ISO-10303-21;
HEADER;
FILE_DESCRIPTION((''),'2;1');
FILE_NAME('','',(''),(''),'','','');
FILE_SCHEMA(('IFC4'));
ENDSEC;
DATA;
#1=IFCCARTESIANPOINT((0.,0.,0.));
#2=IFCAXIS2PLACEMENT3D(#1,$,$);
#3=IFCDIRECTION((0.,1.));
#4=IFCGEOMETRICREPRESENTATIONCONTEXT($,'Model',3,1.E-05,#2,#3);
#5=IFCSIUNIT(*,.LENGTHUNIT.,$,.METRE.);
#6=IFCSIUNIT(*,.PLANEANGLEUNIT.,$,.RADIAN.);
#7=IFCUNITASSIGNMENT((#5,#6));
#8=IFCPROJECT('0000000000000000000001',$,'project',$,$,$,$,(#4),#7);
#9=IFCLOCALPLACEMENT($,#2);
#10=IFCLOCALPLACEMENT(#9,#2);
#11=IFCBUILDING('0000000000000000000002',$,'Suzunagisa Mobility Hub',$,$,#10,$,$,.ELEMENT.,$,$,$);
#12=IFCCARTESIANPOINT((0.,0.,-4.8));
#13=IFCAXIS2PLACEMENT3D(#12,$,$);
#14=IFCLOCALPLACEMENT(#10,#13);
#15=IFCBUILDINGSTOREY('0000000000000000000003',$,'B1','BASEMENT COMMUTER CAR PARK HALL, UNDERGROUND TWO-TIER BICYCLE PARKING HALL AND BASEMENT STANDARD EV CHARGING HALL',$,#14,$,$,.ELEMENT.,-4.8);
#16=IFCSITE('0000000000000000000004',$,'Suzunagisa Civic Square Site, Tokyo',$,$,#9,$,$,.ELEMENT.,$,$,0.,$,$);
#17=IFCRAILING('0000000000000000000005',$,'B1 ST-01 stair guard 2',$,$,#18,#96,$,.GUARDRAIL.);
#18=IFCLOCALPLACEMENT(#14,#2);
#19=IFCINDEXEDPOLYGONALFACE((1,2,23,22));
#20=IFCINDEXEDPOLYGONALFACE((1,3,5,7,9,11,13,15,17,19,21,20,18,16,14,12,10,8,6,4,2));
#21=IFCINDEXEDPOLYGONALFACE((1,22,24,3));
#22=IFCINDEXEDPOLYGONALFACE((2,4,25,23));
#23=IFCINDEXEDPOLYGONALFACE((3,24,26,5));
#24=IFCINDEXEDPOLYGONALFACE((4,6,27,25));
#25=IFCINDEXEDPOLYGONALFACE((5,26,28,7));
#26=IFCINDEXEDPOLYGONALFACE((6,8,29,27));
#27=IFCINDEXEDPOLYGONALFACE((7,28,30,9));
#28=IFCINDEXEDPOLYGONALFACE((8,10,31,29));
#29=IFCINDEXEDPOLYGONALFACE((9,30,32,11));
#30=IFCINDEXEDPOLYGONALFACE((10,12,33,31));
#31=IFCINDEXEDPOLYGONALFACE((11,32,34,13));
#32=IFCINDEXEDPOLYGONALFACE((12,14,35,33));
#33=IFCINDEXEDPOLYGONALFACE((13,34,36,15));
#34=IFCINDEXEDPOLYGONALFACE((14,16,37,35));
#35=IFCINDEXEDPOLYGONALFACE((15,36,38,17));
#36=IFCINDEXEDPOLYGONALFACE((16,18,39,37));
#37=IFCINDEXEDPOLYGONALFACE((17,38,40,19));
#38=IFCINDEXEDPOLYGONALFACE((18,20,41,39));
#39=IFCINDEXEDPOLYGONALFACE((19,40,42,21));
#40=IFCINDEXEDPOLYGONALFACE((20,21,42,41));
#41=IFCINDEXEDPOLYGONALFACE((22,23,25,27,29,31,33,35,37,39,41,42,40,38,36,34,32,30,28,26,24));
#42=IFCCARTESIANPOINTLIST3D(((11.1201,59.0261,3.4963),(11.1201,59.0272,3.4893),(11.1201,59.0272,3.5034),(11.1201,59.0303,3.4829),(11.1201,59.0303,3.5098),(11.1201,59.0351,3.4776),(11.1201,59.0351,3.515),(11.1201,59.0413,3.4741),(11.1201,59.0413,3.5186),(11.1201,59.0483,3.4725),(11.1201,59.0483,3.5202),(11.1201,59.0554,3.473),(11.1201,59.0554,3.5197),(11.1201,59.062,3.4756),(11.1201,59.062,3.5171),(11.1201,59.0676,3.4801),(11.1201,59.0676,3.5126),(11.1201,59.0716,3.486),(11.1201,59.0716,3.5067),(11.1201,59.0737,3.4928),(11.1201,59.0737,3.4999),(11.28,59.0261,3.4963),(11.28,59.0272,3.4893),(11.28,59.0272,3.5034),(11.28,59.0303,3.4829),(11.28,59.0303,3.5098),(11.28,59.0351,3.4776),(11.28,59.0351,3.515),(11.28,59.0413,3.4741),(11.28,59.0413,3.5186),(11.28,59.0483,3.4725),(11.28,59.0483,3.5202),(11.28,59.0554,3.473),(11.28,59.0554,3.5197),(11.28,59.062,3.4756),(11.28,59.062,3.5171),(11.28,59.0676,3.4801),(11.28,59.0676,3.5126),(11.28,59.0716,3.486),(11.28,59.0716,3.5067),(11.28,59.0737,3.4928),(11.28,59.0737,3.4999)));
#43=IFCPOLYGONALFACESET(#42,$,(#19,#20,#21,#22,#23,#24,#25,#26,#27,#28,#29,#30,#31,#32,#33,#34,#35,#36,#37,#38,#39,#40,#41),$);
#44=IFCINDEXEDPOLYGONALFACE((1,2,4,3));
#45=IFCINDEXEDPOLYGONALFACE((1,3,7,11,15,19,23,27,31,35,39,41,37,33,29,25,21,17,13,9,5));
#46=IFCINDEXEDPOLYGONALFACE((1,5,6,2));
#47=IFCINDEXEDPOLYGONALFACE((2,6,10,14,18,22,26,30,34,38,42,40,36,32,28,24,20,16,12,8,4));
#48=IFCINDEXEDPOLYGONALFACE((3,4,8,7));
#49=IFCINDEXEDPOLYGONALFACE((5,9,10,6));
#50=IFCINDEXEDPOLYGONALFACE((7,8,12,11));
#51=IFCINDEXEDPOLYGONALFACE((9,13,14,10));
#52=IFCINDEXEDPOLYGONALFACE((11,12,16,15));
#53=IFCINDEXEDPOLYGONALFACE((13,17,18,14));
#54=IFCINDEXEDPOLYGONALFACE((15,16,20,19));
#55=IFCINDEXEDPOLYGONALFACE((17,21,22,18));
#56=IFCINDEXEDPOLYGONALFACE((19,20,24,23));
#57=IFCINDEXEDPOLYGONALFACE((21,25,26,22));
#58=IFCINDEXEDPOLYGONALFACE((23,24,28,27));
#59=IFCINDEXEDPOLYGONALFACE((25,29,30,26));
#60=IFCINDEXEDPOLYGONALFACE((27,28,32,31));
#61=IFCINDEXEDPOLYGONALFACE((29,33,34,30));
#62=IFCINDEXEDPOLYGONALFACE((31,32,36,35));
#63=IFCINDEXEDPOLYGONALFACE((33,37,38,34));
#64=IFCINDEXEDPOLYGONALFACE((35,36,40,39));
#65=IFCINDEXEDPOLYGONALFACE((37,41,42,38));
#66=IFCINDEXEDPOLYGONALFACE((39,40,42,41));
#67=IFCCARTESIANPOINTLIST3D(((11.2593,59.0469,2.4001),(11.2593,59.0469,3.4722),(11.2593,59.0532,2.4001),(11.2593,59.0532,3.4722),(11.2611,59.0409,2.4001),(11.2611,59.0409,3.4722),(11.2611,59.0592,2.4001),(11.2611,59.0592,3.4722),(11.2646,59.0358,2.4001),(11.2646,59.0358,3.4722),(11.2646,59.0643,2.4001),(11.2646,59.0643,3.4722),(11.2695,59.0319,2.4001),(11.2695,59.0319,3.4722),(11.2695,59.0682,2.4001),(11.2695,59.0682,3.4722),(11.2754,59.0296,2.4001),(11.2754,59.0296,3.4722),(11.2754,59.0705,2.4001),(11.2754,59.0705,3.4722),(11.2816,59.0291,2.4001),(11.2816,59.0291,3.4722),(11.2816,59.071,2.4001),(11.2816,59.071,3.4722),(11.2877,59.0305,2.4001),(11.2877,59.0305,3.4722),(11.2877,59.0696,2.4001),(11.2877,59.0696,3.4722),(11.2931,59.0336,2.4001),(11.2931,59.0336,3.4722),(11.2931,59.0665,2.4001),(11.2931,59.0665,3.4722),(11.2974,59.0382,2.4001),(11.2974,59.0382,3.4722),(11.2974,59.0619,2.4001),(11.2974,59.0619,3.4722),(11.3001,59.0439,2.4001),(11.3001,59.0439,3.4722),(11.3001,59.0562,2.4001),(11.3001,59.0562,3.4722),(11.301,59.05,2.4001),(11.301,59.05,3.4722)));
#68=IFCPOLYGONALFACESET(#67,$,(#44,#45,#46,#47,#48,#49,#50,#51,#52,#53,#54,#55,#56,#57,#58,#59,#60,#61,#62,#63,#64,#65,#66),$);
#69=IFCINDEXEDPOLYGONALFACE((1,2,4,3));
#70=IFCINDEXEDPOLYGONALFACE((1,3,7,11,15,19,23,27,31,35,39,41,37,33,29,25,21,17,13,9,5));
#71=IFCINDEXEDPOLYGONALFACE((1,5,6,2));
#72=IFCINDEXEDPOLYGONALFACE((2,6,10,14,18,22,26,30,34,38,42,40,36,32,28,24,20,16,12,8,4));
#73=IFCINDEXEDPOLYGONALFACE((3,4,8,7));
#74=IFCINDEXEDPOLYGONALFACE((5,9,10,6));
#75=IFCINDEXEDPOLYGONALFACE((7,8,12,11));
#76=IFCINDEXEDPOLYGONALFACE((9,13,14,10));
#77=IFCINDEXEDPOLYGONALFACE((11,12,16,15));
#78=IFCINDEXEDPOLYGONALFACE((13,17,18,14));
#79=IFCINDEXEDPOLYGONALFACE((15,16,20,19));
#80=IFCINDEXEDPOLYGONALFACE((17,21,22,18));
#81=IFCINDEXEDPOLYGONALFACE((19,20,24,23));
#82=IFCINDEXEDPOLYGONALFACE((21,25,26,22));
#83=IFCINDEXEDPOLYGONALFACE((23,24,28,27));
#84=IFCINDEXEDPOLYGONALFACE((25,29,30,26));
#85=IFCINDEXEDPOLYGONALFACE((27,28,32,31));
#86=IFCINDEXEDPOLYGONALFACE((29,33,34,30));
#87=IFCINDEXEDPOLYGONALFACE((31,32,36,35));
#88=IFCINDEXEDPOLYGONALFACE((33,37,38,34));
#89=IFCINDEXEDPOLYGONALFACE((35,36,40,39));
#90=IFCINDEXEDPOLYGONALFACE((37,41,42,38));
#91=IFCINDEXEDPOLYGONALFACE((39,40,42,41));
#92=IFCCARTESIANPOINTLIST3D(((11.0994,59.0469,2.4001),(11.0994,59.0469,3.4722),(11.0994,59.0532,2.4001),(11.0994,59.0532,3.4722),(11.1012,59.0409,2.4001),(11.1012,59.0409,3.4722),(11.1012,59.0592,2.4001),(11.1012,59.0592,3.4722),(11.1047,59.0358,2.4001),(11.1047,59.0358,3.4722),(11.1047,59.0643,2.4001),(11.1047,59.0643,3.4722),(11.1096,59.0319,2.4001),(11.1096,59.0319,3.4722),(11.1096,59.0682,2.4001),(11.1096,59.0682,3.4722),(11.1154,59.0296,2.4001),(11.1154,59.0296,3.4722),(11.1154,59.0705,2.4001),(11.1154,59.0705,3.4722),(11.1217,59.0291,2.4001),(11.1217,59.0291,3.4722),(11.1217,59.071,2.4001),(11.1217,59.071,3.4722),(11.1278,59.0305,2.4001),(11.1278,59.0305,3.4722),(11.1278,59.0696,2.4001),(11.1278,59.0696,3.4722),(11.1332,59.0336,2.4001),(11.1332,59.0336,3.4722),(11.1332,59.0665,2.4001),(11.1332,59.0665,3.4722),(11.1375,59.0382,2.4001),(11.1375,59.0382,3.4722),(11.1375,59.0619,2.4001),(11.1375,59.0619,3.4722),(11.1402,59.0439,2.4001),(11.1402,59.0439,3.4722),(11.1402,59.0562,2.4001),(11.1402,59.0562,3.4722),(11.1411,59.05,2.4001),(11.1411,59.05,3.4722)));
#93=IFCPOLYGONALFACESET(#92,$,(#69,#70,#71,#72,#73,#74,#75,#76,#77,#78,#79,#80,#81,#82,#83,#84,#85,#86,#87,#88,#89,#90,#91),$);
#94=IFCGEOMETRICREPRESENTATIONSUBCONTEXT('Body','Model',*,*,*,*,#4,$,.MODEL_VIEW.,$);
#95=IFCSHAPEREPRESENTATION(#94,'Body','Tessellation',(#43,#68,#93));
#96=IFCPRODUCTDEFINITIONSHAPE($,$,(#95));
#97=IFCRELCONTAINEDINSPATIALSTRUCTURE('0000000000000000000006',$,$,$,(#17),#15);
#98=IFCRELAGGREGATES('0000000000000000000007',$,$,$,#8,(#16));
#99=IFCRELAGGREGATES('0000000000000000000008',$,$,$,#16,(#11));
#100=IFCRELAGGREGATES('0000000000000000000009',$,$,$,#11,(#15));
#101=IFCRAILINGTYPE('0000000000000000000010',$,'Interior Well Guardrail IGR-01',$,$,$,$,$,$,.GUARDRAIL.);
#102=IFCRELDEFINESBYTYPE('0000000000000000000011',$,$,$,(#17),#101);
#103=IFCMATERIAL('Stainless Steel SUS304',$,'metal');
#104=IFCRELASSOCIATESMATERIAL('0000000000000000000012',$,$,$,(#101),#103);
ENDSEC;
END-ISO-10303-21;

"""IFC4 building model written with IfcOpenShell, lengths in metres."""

from ifc_helpers import new_model, si_unit, direction, frame, origin, origin_2d, place, context, subcontext, project, spatial, circle, extrude, material, type_object, element, save


model = new_model("IFC4")

# Units and contexts
model_context = context("Model", 3, precision=1e-05, world=origin(), true_north=direction((0.0, 1.0)))
body_context = subcontext(model_context, "Body", "Model", "MODEL_VIEW")
ifc_project = project(units=[si_unit("LENGTHUNIT", "METRE"), si_unit("PLANEANGLEUNIT", "RADIAN")], contexts=[model_context])

# Site, building, storey
site_placement = place(None, origin())
site = spatial("IfcSite", under=ifc_project, at=site_placement, Name="Suzunagisa Civic Square Site, Tokyo", CompositionType="ELEMENT", RefElevation=0.0)
building_placement = place(site_placement, origin())
building = spatial("IfcBuilding", under=site, at=building_placement, Name="Suzunagisa Mobility Hub", CompositionType="ELEMENT")
storey_placement = place(building_placement, frame((0.0, 0.0, -4.8)))
storey = spatial("IfcBuildingStorey", under=building, at=storey_placement, Name="B1", Description="BASEMENT COMMUTER CAR PARK HALL, UNDERGROUND TWO-TIER BICYCLE PARKING HALL AND BASEMENT STANDARD EV CHARGING HALL", CompositionType="ELEMENT", Elevation=-4.8)

# Railing
ifc_material_1 = material(Name="Stainless Steel SUS304", Category="metal")
railing_type_1 = type_object("IfcRailingType", Name="Interior Well Guardrail IGR-01", PredefinedType="GUARDRAIL", material=ifc_material_1)
railing_1_placement = place(storey_placement, frame((11.28, 59.05, 2.4001)))
element("IfcRailing", 1, at=railing_1_placement, inside=storey, type_object=railing_type_1, Name="B1 ST-01 stair guard 2", PredefinedType="GUARDRAIL", context=body_context, shape_type="SweptSolid", body=[
    extrude(circle(Radius=0.0239, at=origin_2d()), frame((0.0, 0.0, 1.0962), z_axis=(-1.0, 0.0, 0.0), x_axis=(0.0, -1.0, 0.0)), (0.0, 0.0, 1.0), 0.1599),
    extrude(circle(Radius=0.021, at=origin_2d()), origin(), (0.0, 0.0, 1.0), 1.072),
    extrude(circle(Radius=0.021, at=origin_2d()), frame((-0.1599, 0.0, 0.0)), (0.0, 0.0, 1.0), 1.072),
])

save(model, "model.ifc")
